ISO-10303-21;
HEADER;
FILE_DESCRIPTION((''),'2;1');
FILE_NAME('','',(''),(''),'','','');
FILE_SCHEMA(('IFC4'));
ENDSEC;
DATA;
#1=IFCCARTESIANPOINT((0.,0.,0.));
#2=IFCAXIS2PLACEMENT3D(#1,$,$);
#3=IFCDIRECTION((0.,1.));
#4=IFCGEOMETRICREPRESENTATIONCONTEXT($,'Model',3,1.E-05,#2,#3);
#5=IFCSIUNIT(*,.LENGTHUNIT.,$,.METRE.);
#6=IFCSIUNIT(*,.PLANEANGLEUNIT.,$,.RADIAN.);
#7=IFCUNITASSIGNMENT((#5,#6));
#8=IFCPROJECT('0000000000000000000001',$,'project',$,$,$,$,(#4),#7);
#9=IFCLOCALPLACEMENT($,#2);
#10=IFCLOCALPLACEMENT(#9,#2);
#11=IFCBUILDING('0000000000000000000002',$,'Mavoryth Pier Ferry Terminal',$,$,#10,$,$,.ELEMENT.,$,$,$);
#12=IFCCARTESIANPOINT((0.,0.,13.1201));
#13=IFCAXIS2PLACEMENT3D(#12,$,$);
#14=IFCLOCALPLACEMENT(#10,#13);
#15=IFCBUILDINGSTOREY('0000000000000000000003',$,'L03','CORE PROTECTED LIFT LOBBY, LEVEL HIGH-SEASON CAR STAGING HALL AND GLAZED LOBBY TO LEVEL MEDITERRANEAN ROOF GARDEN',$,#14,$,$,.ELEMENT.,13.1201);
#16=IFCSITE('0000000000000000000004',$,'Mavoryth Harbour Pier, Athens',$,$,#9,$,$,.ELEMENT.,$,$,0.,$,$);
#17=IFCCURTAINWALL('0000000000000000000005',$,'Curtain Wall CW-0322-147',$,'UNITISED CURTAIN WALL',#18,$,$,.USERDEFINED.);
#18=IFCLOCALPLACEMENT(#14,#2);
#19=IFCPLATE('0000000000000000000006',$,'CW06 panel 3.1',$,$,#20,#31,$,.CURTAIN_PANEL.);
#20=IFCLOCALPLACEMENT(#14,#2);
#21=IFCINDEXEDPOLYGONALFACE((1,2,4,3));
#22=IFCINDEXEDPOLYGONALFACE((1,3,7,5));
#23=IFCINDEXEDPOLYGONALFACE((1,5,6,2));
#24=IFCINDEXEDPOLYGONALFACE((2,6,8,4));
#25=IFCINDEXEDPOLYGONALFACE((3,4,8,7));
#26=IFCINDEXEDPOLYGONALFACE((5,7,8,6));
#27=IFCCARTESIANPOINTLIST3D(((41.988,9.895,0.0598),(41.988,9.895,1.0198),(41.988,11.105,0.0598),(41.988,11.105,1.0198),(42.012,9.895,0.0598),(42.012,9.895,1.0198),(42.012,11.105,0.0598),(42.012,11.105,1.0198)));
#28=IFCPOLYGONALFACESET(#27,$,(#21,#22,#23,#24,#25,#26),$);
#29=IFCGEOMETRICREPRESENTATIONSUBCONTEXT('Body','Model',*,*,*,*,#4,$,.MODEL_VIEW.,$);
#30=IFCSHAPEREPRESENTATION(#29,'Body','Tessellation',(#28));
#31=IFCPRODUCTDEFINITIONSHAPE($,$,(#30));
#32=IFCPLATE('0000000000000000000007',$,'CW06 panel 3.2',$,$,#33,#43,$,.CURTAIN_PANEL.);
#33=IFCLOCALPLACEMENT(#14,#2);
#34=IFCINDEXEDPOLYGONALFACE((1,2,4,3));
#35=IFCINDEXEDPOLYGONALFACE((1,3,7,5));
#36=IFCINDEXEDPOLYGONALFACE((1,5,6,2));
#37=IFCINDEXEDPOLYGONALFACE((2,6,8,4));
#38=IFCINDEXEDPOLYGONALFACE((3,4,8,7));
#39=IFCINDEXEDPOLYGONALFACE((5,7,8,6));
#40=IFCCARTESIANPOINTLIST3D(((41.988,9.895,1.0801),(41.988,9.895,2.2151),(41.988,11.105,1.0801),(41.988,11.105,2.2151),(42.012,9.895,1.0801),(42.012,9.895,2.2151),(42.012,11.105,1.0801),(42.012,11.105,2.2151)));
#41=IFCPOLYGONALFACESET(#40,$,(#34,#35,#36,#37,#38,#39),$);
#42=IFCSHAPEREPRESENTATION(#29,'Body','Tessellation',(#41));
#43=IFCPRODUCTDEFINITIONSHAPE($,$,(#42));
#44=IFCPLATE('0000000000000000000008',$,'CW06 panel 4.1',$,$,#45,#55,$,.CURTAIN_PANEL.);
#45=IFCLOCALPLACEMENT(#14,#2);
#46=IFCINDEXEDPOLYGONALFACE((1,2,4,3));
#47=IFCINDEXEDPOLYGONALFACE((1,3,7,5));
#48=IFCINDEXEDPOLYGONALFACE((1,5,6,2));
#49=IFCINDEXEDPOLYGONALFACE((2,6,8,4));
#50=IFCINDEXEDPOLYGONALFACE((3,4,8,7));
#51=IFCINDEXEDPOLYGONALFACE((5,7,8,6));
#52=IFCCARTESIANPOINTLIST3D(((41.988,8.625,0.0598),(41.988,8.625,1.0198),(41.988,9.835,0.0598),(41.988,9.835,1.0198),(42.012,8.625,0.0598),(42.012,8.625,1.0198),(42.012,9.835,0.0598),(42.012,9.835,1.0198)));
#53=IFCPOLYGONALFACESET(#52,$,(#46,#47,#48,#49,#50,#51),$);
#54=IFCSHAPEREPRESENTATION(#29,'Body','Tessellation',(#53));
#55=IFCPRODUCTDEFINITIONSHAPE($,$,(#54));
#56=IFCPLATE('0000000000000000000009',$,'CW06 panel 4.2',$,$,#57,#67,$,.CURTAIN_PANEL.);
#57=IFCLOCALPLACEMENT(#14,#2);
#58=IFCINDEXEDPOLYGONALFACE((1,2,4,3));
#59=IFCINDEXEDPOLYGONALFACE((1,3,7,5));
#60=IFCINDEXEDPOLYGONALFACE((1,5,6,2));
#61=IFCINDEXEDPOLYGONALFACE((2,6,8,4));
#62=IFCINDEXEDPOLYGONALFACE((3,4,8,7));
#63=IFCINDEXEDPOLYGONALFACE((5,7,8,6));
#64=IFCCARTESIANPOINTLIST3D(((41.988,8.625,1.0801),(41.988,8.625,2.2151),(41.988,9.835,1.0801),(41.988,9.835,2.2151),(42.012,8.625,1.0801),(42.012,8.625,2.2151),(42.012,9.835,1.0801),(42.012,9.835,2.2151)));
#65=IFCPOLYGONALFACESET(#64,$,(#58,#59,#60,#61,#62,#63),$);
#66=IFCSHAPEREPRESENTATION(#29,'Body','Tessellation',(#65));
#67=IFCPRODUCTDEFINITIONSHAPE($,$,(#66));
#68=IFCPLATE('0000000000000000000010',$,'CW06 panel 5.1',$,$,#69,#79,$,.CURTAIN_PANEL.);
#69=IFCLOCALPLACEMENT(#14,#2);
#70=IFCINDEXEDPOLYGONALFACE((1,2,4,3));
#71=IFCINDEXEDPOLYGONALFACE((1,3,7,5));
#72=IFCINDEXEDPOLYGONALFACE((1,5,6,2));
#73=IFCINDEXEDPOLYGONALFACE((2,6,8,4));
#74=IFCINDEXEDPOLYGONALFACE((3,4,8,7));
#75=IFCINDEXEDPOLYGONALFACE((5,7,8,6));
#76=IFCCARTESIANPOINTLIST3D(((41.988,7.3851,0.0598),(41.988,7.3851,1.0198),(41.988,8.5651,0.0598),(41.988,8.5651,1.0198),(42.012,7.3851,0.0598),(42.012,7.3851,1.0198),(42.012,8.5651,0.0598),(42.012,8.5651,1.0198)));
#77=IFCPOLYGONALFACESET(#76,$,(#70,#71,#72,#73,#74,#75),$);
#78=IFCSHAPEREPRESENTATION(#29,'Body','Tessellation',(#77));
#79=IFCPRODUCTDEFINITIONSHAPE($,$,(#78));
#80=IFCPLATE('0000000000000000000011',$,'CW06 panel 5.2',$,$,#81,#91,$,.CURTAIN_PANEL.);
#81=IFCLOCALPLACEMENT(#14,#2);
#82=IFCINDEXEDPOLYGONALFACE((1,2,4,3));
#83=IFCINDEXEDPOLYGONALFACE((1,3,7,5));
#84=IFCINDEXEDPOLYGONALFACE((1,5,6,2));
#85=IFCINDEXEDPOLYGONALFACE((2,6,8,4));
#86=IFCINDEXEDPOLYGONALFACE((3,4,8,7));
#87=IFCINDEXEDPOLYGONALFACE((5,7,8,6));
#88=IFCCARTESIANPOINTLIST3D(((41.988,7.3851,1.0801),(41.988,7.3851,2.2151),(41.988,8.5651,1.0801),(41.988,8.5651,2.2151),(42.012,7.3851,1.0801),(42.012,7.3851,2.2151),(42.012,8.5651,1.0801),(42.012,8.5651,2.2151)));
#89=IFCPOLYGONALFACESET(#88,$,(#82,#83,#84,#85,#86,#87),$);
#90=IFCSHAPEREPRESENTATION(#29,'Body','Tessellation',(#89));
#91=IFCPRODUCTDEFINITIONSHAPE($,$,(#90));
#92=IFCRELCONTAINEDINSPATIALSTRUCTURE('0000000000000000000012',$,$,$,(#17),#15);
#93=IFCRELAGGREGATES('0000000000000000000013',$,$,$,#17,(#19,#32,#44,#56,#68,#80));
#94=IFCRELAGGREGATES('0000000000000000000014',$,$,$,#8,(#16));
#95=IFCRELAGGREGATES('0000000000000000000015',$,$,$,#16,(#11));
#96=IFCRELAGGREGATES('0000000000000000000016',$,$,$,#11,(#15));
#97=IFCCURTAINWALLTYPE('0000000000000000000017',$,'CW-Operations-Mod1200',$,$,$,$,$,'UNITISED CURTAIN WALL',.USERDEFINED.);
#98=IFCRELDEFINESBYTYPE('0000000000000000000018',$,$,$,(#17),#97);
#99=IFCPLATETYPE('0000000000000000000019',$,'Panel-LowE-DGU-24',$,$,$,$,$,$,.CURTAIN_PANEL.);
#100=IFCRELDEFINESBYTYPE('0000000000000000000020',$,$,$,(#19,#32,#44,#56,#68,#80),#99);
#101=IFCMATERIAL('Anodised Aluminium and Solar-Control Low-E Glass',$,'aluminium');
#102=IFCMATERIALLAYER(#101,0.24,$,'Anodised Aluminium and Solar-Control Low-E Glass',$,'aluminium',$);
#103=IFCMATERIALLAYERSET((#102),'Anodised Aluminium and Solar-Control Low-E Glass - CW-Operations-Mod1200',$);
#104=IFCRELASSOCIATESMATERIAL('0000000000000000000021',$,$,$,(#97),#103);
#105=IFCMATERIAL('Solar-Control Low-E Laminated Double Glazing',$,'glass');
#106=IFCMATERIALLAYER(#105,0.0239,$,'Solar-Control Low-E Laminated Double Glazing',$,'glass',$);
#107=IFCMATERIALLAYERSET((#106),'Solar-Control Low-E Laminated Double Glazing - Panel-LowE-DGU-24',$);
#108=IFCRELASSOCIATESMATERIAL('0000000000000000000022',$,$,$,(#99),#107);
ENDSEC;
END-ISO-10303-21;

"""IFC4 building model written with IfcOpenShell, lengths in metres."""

from ifc_helpers import new_model, si_unit, direction, frame, origin, origin_2d, place, context, subcontext, project, spatial, rectangle, extrude, material, layer, layer_set, type_object, element, aggregate, save


model = new_model("IFC4")

# Units and contexts
model_context = context("Model", 3, precision=1e-05, world=origin(), true_north=direction((0.0, 1.0)))
body_context = subcontext(model_context, "Body", "Model", "MODEL_VIEW")
ifc_project = project(units=[si_unit("LENGTHUNIT", "METRE"), si_unit("PLANEANGLEUNIT", "RADIAN")], contexts=[model_context])

# Site, building, storey
site_placement = place(None, origin())
site = spatial("IfcSite", under=ifc_project, at=site_placement, Name="Mavoryth Harbour Pier, Athens", CompositionType="ELEMENT", RefElevation=0.0)
building_placement = place(site_placement, origin())
building = spatial("IfcBuilding", under=site, at=building_placement, Name="Mavoryth Pier Ferry Terminal", CompositionType="ELEMENT")
storey_placement = place(building_placement, frame((0.0, 0.0, 13.1201)))
storey = spatial("IfcBuildingStorey", under=building, at=storey_placement, Name="L03", Description="CORE PROTECTED LIFT LOBBY, LEVEL HIGH-SEASON CAR STAGING HALL AND GLAZED LOBBY TO LEVEL MEDITERRANEAN ROOF GARDEN", CompositionType="ELEMENT", Elevation=13.1201)

# Curtain wall
ifc_material_1 = material(Name="Anodised Aluminium and Solar-Control Low-E Glass", Category="aluminium")
ifc_layer_1 = layer(ifc_material_1, 0.24, Name="Anodised Aluminium and Solar-Control Low-E Glass", Category="aluminium")
ifc_layer_set_1 = layer_set([ifc_layer_1], Name="Anodised Aluminium and Solar-Control Low-E Glass - CW-Operations-Mod1200")
curtain_wall_type = type_object("IfcCurtainWallType", Name="CW-Operations-Mod1200", ElementType="UNITISED CURTAIN WALL", PredefinedType="USERDEFINED", material=ifc_layer_set_1)
curtain_wall_1_placement = place(storey_placement, origin())
curtain_wall_1 = element("IfcCurtainWall", 1, at=curtain_wall_1_placement, inside=storey, type_object=curtain_wall_type, Name="Curtain Wall CW-0322-147", ObjectType="UNITISED CURTAIN WALL", PredefinedType="USERDEFINED")

# Plates
ifc_material_2 = material(Name="Solar-Control Low-E Laminated Double Glazing", Category="glass")
ifc_layer_2 = layer(ifc_material_2, 0.0239, Name="Solar-Control Low-E Laminated Double Glazing", Category="glass")
ifc_layer_set_2 = layer_set([ifc_layer_2], Name="Solar-Control Low-E Laminated Double Glazing - Panel-LowE-DGU-24")
plate_type = type_object("IfcPlateType", Name="Panel-LowE-DGU-24", PredefinedType="CURTAIN_PANEL", material=ifc_layer_set_2)
plate_1_placement = place(storey_placement, frame((42.0, 10.5, 0.0598), z_axis=(0.0, 0.0, 1.0), x_axis=(0.0, -1.0, 0.0)))
plate_1 = element("IfcPlate", 2, at=plate_1_placement, type_object=plate_type, Name="CW06 panel 3.1", PredefinedType="CURTAIN_PANEL", context=body_context, shape_type="SweptSolid", body=[
    extrude(rectangle(XDim=1.21, YDim=0.0239, at=origin_2d()), origin(), (0.0, 0.0, 1.0), 0.96),
])
plate_2_placement = place(storey_placement, frame((42.0, 10.5, 1.0801), z_axis=(0.0, 0.0, 1.0), x_axis=(0.0, -1.0, 0.0)))
plate_2 = element("IfcPlate", 3, at=plate_2_placement, type_object=plate_type, Name="CW06 panel 3.2", PredefinedType="CURTAIN_PANEL", context=body_context, shape_type="SweptSolid", body=[
    extrude(rectangle(XDim=1.21, YDim=0.0239, at=origin_2d()), origin(), (0.0, 0.0, 1.0), 1.135),
])
plate_3_placement = place(storey_placement, frame((42.0, 9.23, 0.0598), z_axis=(0.0, 0.0, 1.0), x_axis=(0.0, -1.0, 0.0)))
plate_3 = element("IfcPlate", 4, at=plate_3_placement, type_object=plate_type, Name="CW06 panel 4.1", PredefinedType="CURTAIN_PANEL", context=body_context, shape_type="SweptSolid", body=[
    extrude(rectangle(XDim=1.21, YDim=0.0239, at=origin_2d()), origin(), (0.0, 0.0, 1.0), 0.96),
])
plate_4_placement = place(storey_placement, frame((42.0, 9.23, 1.0801), z_axis=(0.0, 0.0, 1.0), x_axis=(0.0, -1.0, 0.0)))
plate_4 = element("IfcPlate", 5, at=plate_4_placement, type_object=plate_type, Name="CW06 panel 4.2", PredefinedType="CURTAIN_PANEL", context=body_context, shape_type="SweptSolid", body=[
    extrude(rectangle(XDim=1.21, YDim=0.0239, at=origin_2d()), origin(), (0.0, 0.0, 1.0), 1.135),
])
plate_5_placement = place(storey_placement, frame((42.0, 7.9751, 0.0598), z_axis=(0.0, 0.0, 1.0), x_axis=(0.0, -1.0, 0.0)))
plate_5 = element("IfcPlate", 6, at=plate_5_placement, type_object=plate_type, Name="CW06 panel 5.1", PredefinedType="CURTAIN_PANEL", context=body_context, shape_type="SweptSolid", body=[
    extrude(rectangle(XDim=1.1799, YDim=0.0239, at=origin_2d()), origin(), (0.0, 0.0, 1.0), 0.96),
])
plate_6_placement = place(storey_placement, frame((42.0, 7.9751, 1.0801), z_axis=(0.0, 0.0, 1.0), x_axis=(0.0, -1.0, 0.0)))
plate_6 = element("IfcPlate", 7, at=plate_6_placement, type_object=plate_type, Name="CW06 panel 5.2", PredefinedType="CURTAIN_PANEL", context=body_context, shape_type="SweptSolid", body=[
    extrude(rectangle(XDim=1.1799, YDim=0.0239, at=origin_2d()), origin(), (0.0, 0.0, 1.0), 1.135),
])
aggregate(curtain_wall_1, [plate_1, plate_2, plate_3, plate_4, plate_5, plate_6])

save(model, "model.ifc")
